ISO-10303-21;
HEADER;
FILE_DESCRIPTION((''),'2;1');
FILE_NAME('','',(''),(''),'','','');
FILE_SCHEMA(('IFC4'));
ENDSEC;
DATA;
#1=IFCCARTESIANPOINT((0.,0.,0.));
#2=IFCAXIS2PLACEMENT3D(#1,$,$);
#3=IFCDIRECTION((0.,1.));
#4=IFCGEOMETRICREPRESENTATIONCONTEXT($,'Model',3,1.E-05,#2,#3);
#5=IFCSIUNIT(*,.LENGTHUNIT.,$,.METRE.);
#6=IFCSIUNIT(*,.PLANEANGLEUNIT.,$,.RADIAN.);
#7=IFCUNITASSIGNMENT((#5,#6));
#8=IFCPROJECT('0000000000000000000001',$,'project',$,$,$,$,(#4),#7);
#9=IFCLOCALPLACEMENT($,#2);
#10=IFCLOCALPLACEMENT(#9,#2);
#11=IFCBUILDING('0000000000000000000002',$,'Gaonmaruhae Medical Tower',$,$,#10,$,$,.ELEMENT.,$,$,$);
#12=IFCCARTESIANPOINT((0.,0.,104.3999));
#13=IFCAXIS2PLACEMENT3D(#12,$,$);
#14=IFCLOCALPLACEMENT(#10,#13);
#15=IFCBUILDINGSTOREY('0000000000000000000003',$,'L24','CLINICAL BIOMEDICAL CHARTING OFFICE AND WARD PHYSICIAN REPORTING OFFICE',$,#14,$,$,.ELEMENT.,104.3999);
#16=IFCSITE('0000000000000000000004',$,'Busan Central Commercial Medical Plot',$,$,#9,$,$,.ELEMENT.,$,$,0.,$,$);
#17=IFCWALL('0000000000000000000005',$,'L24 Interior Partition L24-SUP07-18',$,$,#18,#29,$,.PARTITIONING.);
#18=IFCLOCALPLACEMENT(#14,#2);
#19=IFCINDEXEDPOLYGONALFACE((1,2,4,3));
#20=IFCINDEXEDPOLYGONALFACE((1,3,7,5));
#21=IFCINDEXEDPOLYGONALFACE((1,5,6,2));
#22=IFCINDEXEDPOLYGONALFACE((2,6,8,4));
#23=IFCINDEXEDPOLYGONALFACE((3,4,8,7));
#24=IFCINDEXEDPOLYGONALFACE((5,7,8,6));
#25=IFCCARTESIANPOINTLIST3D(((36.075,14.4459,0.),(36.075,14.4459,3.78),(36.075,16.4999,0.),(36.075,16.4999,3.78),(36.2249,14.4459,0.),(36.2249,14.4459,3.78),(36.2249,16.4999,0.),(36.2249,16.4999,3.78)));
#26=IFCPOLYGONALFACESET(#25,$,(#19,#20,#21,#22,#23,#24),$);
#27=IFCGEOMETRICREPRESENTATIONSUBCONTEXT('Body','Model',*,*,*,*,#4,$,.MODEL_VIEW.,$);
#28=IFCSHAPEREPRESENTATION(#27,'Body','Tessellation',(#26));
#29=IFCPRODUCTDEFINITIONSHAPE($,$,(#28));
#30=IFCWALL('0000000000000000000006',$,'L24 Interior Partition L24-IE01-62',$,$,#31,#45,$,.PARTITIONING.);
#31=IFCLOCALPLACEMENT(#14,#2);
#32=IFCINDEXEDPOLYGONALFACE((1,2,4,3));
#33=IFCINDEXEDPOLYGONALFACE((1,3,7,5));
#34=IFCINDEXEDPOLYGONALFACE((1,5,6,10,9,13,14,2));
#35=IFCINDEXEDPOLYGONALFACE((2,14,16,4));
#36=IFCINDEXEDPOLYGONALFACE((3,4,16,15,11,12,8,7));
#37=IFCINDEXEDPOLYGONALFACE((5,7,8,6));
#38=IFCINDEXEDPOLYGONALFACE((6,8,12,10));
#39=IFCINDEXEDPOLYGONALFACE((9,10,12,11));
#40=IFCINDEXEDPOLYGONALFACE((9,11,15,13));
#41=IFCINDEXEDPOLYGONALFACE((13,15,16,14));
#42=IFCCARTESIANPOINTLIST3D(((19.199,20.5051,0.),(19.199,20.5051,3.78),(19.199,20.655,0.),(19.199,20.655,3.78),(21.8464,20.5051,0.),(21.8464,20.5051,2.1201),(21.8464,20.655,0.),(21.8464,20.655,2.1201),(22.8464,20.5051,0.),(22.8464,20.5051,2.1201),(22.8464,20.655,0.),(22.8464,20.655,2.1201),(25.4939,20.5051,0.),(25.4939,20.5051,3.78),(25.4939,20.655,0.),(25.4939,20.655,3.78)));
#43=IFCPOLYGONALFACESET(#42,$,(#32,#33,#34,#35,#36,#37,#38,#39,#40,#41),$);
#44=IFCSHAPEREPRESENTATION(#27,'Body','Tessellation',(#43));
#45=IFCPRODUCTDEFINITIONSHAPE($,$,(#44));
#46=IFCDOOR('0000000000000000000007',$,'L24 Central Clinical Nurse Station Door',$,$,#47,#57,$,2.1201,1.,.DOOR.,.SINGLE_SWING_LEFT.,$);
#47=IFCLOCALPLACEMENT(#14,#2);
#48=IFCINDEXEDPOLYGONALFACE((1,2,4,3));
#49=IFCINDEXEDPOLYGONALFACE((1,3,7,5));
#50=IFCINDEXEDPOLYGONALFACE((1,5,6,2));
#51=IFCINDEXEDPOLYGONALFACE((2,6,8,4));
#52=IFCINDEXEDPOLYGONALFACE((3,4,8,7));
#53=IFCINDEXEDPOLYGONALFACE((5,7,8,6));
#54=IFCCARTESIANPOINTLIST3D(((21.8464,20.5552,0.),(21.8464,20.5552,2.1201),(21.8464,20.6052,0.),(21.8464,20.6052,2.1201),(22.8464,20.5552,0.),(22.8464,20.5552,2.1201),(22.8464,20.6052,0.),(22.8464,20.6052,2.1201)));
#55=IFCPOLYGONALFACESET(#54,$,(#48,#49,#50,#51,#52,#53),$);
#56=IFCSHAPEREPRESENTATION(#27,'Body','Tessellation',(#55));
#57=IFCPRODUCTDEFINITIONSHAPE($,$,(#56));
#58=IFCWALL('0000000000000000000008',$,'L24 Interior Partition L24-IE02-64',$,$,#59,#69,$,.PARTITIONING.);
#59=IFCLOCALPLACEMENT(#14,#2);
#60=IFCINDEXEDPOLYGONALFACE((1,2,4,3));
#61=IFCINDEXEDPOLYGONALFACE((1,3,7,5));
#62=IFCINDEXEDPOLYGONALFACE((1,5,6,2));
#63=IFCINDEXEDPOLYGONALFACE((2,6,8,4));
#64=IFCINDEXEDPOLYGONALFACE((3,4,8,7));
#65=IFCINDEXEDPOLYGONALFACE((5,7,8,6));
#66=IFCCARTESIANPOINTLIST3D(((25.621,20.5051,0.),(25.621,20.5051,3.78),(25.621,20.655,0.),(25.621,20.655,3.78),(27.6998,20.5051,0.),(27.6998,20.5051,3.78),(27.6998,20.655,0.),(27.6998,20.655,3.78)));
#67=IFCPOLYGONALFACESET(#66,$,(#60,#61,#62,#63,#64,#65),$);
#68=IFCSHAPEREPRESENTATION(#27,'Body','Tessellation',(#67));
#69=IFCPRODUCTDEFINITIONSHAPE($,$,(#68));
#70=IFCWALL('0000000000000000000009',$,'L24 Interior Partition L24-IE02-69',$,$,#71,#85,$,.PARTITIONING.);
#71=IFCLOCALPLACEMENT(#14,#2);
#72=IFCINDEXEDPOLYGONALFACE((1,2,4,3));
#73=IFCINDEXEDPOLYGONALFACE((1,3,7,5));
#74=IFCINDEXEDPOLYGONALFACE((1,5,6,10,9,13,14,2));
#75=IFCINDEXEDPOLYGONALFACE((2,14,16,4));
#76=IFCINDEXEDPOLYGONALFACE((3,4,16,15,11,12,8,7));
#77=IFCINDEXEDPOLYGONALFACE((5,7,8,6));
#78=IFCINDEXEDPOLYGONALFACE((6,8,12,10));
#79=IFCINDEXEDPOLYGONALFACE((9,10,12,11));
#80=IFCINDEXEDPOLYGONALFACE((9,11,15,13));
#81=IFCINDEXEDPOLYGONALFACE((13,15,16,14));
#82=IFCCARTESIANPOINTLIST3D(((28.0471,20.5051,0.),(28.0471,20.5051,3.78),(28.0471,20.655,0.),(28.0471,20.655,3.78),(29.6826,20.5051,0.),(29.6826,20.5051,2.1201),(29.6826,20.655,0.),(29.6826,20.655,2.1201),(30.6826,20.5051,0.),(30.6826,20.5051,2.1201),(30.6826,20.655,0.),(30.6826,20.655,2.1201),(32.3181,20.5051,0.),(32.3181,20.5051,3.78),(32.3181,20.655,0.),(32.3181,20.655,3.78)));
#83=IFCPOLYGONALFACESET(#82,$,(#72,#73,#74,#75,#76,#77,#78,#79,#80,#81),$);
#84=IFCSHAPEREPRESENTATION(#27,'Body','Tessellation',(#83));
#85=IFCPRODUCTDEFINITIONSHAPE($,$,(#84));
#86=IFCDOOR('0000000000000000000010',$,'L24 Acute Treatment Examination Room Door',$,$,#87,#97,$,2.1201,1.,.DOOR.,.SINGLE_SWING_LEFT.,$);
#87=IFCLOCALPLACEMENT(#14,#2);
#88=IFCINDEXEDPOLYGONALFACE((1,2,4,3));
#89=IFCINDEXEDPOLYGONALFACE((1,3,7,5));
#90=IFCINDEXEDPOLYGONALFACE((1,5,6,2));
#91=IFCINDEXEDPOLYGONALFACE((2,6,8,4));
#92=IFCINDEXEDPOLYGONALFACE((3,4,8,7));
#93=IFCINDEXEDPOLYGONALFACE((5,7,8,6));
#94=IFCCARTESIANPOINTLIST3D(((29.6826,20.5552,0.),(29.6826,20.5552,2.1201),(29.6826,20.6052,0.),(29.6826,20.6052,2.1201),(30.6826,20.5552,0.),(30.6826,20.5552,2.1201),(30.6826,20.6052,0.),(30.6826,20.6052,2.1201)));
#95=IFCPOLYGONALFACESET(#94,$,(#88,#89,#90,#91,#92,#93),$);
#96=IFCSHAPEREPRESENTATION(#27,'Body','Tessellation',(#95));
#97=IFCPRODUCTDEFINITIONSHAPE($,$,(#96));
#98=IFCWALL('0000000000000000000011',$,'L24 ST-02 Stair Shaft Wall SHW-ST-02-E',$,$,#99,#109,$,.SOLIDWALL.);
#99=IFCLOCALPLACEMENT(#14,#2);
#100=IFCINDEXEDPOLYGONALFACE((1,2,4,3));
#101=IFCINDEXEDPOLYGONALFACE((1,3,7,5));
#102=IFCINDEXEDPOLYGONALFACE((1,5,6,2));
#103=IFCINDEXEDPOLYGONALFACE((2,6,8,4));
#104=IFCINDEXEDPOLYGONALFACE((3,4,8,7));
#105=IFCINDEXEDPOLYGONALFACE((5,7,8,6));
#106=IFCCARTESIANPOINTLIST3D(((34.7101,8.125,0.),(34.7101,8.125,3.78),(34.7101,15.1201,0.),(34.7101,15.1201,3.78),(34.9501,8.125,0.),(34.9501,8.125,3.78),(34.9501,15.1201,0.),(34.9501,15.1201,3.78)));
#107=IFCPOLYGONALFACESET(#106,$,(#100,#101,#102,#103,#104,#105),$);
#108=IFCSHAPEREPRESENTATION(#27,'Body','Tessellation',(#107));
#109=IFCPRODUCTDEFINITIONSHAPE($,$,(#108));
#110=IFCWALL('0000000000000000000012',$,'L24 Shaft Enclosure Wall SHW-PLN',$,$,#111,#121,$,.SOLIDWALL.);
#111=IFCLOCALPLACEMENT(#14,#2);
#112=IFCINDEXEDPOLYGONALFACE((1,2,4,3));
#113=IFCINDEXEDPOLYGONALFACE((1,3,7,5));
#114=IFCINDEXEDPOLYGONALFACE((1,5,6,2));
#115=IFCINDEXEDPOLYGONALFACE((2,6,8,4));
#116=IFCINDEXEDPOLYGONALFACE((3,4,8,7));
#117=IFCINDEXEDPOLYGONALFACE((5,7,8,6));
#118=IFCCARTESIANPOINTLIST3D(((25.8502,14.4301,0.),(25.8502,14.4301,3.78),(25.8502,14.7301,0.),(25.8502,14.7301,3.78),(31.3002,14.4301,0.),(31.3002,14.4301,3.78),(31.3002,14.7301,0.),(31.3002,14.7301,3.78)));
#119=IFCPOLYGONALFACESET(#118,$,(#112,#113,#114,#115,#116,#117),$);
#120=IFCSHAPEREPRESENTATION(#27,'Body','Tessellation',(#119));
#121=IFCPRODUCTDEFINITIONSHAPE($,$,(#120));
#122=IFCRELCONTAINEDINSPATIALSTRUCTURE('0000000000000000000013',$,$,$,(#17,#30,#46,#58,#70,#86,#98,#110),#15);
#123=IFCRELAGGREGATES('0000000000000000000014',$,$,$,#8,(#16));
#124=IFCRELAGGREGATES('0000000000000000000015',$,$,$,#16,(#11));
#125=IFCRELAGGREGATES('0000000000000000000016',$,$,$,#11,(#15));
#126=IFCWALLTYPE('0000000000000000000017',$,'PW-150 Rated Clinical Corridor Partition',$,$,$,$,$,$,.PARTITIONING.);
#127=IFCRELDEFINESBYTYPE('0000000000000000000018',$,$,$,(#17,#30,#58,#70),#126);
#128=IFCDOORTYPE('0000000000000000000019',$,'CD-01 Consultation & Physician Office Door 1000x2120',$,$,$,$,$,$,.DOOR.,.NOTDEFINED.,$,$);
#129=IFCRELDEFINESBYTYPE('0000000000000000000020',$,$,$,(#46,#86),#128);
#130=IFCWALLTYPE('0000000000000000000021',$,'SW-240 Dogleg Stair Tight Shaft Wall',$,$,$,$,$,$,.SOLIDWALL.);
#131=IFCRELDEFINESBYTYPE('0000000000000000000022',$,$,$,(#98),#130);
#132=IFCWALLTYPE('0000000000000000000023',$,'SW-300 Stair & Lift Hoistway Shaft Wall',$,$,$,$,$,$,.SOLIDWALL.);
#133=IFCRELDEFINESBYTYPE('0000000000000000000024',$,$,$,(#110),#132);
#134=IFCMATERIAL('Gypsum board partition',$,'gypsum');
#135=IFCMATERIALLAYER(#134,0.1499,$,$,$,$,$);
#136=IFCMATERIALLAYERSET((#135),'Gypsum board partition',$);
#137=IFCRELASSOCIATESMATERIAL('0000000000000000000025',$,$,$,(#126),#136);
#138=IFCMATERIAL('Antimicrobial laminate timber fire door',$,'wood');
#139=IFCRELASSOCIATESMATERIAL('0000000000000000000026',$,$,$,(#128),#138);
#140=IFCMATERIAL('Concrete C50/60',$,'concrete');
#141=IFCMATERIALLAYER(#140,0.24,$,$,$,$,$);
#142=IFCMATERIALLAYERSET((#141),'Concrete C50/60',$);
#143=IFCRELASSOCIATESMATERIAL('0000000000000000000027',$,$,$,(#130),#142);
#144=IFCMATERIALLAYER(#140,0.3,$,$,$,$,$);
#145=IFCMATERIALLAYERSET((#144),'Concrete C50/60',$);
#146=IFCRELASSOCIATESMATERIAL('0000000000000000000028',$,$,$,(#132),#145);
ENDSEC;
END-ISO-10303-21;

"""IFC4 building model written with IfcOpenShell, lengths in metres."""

from ifc_helpers import new_model, si_unit, direction, frame, frame_2d, origin, place, context, subcontext, project, spatial, rectangle, extrude, material, layer, layer_set, type_object, element, fill, save


model = new_model("IFC4")

# Units and contexts
model_context = context("Model", 3, precision=1e-05, world=origin(), true_north=direction((0.0, 1.0)))
body_context = subcontext(model_context, "Body", "Model", "MODEL_VIEW")
ifc_project = project(units=[si_unit("LENGTHUNIT", "METRE"), si_unit("PLANEANGLEUNIT", "RADIAN")], contexts=[model_context])

# Site, building, storey
site_placement = place(None, origin())
site = spatial("IfcSite", under=ifc_project, at=site_placement, Name="Busan Central Commercial Medical Plot", CompositionType="ELEMENT", RefElevation=0.0)
building_placement = place(site_placement, origin())
building = spatial("IfcBuilding", under=site, at=building_placement, Name="Gaonmaruhae Medical Tower", CompositionType="ELEMENT")
storey_placement = place(building_placement, frame((0.0, 0.0, 104.3999)))
storey = spatial("IfcBuildingStorey", under=building, at=storey_placement, Name="L24", Description="CLINICAL BIOMEDICAL CHARTING OFFICE AND WARD PHYSICIAN REPORTING OFFICE", CompositionType="ELEMENT", Elevation=104.3999)

# Shared definitions
ifc_material_1 = material(Name="Gypsum board partition", Category="gypsum")
ifc_layer_1 = layer(ifc_material_1, 0.1499)
ifc_layer_set_1 = layer_set([ifc_layer_1], Name="Gypsum board partition")
wall_type_1 = type_object("IfcWallType", Name="PW-150 Rated Clinical Corridor Partition", PredefinedType="PARTITIONING", material=ifc_layer_set_1)
ifc_material_2 = material(Name="Antimicrobial laminate timber fire door", Category="wood")

# Wall
wall_1_placement = place(storey_placement, frame((36.1499, 14.446, 0.0), z_axis=(0.0, 0.0, 1.0), x_axis=(0.0, 1.0, 0.0)))
element("IfcWall", 1, at=wall_1_placement, inside=storey, type_object=wall_type_1, Name="L24 Interior Partition L24-SUP07-18", PredefinedType="PARTITIONING", context=body_context, shape_type="SweptSolid", body=[
    extrude(rectangle(XDim=2.054, YDim=0.1499, at=frame_2d((1.0269, 0.0))), origin(), (0.0, 0.0, 1.0), 3.78),
])

# Wall, opening, door
wall_2_placement = place(storey_placement, frame((25.4939, 20.5801, 0.0), z_axis=(0.0, 0.0, 1.0), x_axis=(-1.0, 0.0, 0.0)))
wall_2 = element("IfcWall", 2, at=wall_2_placement, inside=storey, type_object=wall_type_1, Name="L24 Interior Partition L24-IE01-62", PredefinedType="PARTITIONING", context=body_context, shape_type="SweptSolid", body=[
    extrude(rectangle(XDim=6.2949, YDim=0.1499, at=frame_2d((3.1475, 0.0))), origin(), (0.0, 0.0, 1.0), 3.78),
])
opening_1_placement = place(wall_2_placement, frame((2.6475, 0.0, 0.0)))
opening_1 = element("IfcOpeningElement", 3, at=opening_1_placement, cuts=wall_2, PredefinedType="OPENING", context=body_context, shape_type="SweptSolid", body=[
    extrude(rectangle(XDim=1.0, YDim=2.1201, at=frame_2d((0.5, 1.0601))), frame((0.0, 0.085, 0.0), z_axis=(0.0, -1.0, 0.0), x_axis=(1.0, 0.0, 0.0)), (0.0, 0.0, 1.0), 0.1699),
])
door_type_1 = type_object("IfcDoorType", Name="CD-01 Consultation & Physician Office Door 1000x2120", OperationType="NOTDEFINED", PredefinedType="DOOR", material=ifc_material_2)
door_1_placement = place(opening_1_placement, origin())
door_1 = element("IfcDoor", 4, at=door_1_placement, inside=storey, type_object=door_type_1, Name="L24 Central Clinical Nurse Station Door", OperationType="SINGLE_SWING_LEFT", OverallHeight=2.1201, OverallWidth=1.0, PredefinedType="DOOR", context=body_context, shape_type="SweptSolid", body=[
    extrude(rectangle(XDim=1.0, YDim=2.1201, at=frame_2d((0.5, 1.0601))), frame((0.0, 0.0249, 0.0), z_axis=(0.0, -1.0, 0.0), x_axis=(1.0, 0.0, 0.0)), (0.0, 0.0, 1.0), 0.05),
])
fill(opening_1, door_1)

# Wall
wall_3_placement = place(storey_placement, frame((27.7, 20.5801, 0.0), z_axis=(0.0, 0.0, 1.0), x_axis=(-1.0, 0.0, 0.0)))
element("IfcWall", 5, at=wall_3_placement, inside=storey, type_object=wall_type_1, Name="L24 Interior Partition L24-IE02-64", PredefinedType="PARTITIONING", context=body_context, shape_type="SweptSolid", body=[
    extrude(rectangle(XDim=2.0789, YDim=0.1499, at=frame_2d((1.0396, 0.0))), origin(), (0.0, 0.0, 1.0), 3.78),
])

# Wall, opening, door
wall_4_placement = place(storey_placement, frame((32.3181, 20.5801, 0.0), z_axis=(0.0, 0.0, 1.0), x_axis=(-1.0, 0.0, 0.0)))
wall_4 = element("IfcWall", 6, at=wall_4_placement, inside=storey, type_object=wall_type_1, Name="L24 Interior Partition L24-IE02-69", PredefinedType="PARTITIONING", context=body_context, shape_type="SweptSolid", body=[
    extrude(rectangle(XDim=4.271, YDim=0.1499, at=frame_2d((2.1355, 0.0))), origin(), (0.0, 0.0, 1.0), 3.78),
])
opening_2_placement = place(wall_4_placement, frame((1.6355, 0.0, 0.0)))
opening_2 = element("IfcOpeningElement", 7, at=opening_2_placement, cuts=wall_4, PredefinedType="OPENING", context=body_context, shape_type="SweptSolid", body=[
    extrude(rectangle(XDim=1.0, YDim=2.1201, at=frame_2d((0.5, 1.0601))), frame((0.0, 0.085, 0.0), z_axis=(0.0, -1.0, 0.0), x_axis=(1.0, 0.0, 0.0)), (0.0, 0.0, 1.0), 0.1699),
])
door_2_placement = place(opening_2_placement, origin())
door_2 = element("IfcDoor", 8, at=door_2_placement, inside=storey, type_object=door_type_1, Name="L24 Acute Treatment Examination Room Door", OperationType="SINGLE_SWING_LEFT", OverallHeight=2.1201, OverallWidth=1.0, PredefinedType="DOOR", context=body_context, shape_type="SweptSolid", body=[
    extrude(rectangle(XDim=1.0, YDim=2.1201, at=frame_2d((0.5, 1.0601))), frame((0.0, 0.0249, 0.0), z_axis=(0.0, -1.0, 0.0), x_axis=(1.0, 0.0, 0.0)), (0.0, 0.0, 1.0), 0.05),
])
fill(opening_2, door_2)
ifc_material_3 = material(Name="Concrete C50/60", Category="concrete")
ifc_layer_2 = layer(ifc_material_3, 0.24)
ifc_layer_set_2 = layer_set([ifc_layer_2], Name="Concrete C50/60")
wall_type_2 = type_object("IfcWallType", Name="SW-240 Dogleg Stair Tight Shaft Wall", PredefinedType="SOLIDWALL", material=ifc_layer_set_2)

# Walls
wall_5_placement = place(storey_placement, frame((34.8301, 15.1201, 0.0), z_axis=(0.0, 0.0, 1.0), x_axis=(0.0, -1.0, 0.0)))
element("IfcWall", 9, at=wall_5_placement, inside=storey, type_object=wall_type_2, Name="L24 ST-02 Stair Shaft Wall SHW-ST-02-E", PredefinedType="SOLIDWALL", context=body_context, shape_type="SweptSolid", body=[
    extrude(rectangle(XDim=6.9951, YDim=0.24, at=frame_2d((3.4976, 0.0))), origin(), (0.0, 0.0, 1.0), 3.78),
])
ifc_layer_3 = layer(ifc_material_3, 0.3)
ifc_layer_set_3 = layer_set([ifc_layer_3], Name="Concrete C50/60")
wall_type_3 = type_object("IfcWallType", Name="SW-300 Stair & Lift Hoistway Shaft Wall", PredefinedType="SOLIDWALL", material=ifc_layer_set_3)
wall_6_placement = place(storey_placement, frame((25.8501, 14.5801, 0.0), z_axis=(0.0, 0.0, 1.0), x_axis=(1.0, 0.0, 0.0)))
element("IfcWall", 10, at=wall_6_placement, inside=storey, type_object=wall_type_3, Name="L24 Shaft Enclosure Wall SHW-PLN", PredefinedType="SOLIDWALL", context=body_context, shape_type="SweptSolid", body=[
    extrude(rectangle(XDim=5.45, YDim=0.3, at=frame_2d((2.7251, 0.0))), origin(), (0.0, 0.0, 1.0), 3.78),
])

save(model, "model.ifc")
